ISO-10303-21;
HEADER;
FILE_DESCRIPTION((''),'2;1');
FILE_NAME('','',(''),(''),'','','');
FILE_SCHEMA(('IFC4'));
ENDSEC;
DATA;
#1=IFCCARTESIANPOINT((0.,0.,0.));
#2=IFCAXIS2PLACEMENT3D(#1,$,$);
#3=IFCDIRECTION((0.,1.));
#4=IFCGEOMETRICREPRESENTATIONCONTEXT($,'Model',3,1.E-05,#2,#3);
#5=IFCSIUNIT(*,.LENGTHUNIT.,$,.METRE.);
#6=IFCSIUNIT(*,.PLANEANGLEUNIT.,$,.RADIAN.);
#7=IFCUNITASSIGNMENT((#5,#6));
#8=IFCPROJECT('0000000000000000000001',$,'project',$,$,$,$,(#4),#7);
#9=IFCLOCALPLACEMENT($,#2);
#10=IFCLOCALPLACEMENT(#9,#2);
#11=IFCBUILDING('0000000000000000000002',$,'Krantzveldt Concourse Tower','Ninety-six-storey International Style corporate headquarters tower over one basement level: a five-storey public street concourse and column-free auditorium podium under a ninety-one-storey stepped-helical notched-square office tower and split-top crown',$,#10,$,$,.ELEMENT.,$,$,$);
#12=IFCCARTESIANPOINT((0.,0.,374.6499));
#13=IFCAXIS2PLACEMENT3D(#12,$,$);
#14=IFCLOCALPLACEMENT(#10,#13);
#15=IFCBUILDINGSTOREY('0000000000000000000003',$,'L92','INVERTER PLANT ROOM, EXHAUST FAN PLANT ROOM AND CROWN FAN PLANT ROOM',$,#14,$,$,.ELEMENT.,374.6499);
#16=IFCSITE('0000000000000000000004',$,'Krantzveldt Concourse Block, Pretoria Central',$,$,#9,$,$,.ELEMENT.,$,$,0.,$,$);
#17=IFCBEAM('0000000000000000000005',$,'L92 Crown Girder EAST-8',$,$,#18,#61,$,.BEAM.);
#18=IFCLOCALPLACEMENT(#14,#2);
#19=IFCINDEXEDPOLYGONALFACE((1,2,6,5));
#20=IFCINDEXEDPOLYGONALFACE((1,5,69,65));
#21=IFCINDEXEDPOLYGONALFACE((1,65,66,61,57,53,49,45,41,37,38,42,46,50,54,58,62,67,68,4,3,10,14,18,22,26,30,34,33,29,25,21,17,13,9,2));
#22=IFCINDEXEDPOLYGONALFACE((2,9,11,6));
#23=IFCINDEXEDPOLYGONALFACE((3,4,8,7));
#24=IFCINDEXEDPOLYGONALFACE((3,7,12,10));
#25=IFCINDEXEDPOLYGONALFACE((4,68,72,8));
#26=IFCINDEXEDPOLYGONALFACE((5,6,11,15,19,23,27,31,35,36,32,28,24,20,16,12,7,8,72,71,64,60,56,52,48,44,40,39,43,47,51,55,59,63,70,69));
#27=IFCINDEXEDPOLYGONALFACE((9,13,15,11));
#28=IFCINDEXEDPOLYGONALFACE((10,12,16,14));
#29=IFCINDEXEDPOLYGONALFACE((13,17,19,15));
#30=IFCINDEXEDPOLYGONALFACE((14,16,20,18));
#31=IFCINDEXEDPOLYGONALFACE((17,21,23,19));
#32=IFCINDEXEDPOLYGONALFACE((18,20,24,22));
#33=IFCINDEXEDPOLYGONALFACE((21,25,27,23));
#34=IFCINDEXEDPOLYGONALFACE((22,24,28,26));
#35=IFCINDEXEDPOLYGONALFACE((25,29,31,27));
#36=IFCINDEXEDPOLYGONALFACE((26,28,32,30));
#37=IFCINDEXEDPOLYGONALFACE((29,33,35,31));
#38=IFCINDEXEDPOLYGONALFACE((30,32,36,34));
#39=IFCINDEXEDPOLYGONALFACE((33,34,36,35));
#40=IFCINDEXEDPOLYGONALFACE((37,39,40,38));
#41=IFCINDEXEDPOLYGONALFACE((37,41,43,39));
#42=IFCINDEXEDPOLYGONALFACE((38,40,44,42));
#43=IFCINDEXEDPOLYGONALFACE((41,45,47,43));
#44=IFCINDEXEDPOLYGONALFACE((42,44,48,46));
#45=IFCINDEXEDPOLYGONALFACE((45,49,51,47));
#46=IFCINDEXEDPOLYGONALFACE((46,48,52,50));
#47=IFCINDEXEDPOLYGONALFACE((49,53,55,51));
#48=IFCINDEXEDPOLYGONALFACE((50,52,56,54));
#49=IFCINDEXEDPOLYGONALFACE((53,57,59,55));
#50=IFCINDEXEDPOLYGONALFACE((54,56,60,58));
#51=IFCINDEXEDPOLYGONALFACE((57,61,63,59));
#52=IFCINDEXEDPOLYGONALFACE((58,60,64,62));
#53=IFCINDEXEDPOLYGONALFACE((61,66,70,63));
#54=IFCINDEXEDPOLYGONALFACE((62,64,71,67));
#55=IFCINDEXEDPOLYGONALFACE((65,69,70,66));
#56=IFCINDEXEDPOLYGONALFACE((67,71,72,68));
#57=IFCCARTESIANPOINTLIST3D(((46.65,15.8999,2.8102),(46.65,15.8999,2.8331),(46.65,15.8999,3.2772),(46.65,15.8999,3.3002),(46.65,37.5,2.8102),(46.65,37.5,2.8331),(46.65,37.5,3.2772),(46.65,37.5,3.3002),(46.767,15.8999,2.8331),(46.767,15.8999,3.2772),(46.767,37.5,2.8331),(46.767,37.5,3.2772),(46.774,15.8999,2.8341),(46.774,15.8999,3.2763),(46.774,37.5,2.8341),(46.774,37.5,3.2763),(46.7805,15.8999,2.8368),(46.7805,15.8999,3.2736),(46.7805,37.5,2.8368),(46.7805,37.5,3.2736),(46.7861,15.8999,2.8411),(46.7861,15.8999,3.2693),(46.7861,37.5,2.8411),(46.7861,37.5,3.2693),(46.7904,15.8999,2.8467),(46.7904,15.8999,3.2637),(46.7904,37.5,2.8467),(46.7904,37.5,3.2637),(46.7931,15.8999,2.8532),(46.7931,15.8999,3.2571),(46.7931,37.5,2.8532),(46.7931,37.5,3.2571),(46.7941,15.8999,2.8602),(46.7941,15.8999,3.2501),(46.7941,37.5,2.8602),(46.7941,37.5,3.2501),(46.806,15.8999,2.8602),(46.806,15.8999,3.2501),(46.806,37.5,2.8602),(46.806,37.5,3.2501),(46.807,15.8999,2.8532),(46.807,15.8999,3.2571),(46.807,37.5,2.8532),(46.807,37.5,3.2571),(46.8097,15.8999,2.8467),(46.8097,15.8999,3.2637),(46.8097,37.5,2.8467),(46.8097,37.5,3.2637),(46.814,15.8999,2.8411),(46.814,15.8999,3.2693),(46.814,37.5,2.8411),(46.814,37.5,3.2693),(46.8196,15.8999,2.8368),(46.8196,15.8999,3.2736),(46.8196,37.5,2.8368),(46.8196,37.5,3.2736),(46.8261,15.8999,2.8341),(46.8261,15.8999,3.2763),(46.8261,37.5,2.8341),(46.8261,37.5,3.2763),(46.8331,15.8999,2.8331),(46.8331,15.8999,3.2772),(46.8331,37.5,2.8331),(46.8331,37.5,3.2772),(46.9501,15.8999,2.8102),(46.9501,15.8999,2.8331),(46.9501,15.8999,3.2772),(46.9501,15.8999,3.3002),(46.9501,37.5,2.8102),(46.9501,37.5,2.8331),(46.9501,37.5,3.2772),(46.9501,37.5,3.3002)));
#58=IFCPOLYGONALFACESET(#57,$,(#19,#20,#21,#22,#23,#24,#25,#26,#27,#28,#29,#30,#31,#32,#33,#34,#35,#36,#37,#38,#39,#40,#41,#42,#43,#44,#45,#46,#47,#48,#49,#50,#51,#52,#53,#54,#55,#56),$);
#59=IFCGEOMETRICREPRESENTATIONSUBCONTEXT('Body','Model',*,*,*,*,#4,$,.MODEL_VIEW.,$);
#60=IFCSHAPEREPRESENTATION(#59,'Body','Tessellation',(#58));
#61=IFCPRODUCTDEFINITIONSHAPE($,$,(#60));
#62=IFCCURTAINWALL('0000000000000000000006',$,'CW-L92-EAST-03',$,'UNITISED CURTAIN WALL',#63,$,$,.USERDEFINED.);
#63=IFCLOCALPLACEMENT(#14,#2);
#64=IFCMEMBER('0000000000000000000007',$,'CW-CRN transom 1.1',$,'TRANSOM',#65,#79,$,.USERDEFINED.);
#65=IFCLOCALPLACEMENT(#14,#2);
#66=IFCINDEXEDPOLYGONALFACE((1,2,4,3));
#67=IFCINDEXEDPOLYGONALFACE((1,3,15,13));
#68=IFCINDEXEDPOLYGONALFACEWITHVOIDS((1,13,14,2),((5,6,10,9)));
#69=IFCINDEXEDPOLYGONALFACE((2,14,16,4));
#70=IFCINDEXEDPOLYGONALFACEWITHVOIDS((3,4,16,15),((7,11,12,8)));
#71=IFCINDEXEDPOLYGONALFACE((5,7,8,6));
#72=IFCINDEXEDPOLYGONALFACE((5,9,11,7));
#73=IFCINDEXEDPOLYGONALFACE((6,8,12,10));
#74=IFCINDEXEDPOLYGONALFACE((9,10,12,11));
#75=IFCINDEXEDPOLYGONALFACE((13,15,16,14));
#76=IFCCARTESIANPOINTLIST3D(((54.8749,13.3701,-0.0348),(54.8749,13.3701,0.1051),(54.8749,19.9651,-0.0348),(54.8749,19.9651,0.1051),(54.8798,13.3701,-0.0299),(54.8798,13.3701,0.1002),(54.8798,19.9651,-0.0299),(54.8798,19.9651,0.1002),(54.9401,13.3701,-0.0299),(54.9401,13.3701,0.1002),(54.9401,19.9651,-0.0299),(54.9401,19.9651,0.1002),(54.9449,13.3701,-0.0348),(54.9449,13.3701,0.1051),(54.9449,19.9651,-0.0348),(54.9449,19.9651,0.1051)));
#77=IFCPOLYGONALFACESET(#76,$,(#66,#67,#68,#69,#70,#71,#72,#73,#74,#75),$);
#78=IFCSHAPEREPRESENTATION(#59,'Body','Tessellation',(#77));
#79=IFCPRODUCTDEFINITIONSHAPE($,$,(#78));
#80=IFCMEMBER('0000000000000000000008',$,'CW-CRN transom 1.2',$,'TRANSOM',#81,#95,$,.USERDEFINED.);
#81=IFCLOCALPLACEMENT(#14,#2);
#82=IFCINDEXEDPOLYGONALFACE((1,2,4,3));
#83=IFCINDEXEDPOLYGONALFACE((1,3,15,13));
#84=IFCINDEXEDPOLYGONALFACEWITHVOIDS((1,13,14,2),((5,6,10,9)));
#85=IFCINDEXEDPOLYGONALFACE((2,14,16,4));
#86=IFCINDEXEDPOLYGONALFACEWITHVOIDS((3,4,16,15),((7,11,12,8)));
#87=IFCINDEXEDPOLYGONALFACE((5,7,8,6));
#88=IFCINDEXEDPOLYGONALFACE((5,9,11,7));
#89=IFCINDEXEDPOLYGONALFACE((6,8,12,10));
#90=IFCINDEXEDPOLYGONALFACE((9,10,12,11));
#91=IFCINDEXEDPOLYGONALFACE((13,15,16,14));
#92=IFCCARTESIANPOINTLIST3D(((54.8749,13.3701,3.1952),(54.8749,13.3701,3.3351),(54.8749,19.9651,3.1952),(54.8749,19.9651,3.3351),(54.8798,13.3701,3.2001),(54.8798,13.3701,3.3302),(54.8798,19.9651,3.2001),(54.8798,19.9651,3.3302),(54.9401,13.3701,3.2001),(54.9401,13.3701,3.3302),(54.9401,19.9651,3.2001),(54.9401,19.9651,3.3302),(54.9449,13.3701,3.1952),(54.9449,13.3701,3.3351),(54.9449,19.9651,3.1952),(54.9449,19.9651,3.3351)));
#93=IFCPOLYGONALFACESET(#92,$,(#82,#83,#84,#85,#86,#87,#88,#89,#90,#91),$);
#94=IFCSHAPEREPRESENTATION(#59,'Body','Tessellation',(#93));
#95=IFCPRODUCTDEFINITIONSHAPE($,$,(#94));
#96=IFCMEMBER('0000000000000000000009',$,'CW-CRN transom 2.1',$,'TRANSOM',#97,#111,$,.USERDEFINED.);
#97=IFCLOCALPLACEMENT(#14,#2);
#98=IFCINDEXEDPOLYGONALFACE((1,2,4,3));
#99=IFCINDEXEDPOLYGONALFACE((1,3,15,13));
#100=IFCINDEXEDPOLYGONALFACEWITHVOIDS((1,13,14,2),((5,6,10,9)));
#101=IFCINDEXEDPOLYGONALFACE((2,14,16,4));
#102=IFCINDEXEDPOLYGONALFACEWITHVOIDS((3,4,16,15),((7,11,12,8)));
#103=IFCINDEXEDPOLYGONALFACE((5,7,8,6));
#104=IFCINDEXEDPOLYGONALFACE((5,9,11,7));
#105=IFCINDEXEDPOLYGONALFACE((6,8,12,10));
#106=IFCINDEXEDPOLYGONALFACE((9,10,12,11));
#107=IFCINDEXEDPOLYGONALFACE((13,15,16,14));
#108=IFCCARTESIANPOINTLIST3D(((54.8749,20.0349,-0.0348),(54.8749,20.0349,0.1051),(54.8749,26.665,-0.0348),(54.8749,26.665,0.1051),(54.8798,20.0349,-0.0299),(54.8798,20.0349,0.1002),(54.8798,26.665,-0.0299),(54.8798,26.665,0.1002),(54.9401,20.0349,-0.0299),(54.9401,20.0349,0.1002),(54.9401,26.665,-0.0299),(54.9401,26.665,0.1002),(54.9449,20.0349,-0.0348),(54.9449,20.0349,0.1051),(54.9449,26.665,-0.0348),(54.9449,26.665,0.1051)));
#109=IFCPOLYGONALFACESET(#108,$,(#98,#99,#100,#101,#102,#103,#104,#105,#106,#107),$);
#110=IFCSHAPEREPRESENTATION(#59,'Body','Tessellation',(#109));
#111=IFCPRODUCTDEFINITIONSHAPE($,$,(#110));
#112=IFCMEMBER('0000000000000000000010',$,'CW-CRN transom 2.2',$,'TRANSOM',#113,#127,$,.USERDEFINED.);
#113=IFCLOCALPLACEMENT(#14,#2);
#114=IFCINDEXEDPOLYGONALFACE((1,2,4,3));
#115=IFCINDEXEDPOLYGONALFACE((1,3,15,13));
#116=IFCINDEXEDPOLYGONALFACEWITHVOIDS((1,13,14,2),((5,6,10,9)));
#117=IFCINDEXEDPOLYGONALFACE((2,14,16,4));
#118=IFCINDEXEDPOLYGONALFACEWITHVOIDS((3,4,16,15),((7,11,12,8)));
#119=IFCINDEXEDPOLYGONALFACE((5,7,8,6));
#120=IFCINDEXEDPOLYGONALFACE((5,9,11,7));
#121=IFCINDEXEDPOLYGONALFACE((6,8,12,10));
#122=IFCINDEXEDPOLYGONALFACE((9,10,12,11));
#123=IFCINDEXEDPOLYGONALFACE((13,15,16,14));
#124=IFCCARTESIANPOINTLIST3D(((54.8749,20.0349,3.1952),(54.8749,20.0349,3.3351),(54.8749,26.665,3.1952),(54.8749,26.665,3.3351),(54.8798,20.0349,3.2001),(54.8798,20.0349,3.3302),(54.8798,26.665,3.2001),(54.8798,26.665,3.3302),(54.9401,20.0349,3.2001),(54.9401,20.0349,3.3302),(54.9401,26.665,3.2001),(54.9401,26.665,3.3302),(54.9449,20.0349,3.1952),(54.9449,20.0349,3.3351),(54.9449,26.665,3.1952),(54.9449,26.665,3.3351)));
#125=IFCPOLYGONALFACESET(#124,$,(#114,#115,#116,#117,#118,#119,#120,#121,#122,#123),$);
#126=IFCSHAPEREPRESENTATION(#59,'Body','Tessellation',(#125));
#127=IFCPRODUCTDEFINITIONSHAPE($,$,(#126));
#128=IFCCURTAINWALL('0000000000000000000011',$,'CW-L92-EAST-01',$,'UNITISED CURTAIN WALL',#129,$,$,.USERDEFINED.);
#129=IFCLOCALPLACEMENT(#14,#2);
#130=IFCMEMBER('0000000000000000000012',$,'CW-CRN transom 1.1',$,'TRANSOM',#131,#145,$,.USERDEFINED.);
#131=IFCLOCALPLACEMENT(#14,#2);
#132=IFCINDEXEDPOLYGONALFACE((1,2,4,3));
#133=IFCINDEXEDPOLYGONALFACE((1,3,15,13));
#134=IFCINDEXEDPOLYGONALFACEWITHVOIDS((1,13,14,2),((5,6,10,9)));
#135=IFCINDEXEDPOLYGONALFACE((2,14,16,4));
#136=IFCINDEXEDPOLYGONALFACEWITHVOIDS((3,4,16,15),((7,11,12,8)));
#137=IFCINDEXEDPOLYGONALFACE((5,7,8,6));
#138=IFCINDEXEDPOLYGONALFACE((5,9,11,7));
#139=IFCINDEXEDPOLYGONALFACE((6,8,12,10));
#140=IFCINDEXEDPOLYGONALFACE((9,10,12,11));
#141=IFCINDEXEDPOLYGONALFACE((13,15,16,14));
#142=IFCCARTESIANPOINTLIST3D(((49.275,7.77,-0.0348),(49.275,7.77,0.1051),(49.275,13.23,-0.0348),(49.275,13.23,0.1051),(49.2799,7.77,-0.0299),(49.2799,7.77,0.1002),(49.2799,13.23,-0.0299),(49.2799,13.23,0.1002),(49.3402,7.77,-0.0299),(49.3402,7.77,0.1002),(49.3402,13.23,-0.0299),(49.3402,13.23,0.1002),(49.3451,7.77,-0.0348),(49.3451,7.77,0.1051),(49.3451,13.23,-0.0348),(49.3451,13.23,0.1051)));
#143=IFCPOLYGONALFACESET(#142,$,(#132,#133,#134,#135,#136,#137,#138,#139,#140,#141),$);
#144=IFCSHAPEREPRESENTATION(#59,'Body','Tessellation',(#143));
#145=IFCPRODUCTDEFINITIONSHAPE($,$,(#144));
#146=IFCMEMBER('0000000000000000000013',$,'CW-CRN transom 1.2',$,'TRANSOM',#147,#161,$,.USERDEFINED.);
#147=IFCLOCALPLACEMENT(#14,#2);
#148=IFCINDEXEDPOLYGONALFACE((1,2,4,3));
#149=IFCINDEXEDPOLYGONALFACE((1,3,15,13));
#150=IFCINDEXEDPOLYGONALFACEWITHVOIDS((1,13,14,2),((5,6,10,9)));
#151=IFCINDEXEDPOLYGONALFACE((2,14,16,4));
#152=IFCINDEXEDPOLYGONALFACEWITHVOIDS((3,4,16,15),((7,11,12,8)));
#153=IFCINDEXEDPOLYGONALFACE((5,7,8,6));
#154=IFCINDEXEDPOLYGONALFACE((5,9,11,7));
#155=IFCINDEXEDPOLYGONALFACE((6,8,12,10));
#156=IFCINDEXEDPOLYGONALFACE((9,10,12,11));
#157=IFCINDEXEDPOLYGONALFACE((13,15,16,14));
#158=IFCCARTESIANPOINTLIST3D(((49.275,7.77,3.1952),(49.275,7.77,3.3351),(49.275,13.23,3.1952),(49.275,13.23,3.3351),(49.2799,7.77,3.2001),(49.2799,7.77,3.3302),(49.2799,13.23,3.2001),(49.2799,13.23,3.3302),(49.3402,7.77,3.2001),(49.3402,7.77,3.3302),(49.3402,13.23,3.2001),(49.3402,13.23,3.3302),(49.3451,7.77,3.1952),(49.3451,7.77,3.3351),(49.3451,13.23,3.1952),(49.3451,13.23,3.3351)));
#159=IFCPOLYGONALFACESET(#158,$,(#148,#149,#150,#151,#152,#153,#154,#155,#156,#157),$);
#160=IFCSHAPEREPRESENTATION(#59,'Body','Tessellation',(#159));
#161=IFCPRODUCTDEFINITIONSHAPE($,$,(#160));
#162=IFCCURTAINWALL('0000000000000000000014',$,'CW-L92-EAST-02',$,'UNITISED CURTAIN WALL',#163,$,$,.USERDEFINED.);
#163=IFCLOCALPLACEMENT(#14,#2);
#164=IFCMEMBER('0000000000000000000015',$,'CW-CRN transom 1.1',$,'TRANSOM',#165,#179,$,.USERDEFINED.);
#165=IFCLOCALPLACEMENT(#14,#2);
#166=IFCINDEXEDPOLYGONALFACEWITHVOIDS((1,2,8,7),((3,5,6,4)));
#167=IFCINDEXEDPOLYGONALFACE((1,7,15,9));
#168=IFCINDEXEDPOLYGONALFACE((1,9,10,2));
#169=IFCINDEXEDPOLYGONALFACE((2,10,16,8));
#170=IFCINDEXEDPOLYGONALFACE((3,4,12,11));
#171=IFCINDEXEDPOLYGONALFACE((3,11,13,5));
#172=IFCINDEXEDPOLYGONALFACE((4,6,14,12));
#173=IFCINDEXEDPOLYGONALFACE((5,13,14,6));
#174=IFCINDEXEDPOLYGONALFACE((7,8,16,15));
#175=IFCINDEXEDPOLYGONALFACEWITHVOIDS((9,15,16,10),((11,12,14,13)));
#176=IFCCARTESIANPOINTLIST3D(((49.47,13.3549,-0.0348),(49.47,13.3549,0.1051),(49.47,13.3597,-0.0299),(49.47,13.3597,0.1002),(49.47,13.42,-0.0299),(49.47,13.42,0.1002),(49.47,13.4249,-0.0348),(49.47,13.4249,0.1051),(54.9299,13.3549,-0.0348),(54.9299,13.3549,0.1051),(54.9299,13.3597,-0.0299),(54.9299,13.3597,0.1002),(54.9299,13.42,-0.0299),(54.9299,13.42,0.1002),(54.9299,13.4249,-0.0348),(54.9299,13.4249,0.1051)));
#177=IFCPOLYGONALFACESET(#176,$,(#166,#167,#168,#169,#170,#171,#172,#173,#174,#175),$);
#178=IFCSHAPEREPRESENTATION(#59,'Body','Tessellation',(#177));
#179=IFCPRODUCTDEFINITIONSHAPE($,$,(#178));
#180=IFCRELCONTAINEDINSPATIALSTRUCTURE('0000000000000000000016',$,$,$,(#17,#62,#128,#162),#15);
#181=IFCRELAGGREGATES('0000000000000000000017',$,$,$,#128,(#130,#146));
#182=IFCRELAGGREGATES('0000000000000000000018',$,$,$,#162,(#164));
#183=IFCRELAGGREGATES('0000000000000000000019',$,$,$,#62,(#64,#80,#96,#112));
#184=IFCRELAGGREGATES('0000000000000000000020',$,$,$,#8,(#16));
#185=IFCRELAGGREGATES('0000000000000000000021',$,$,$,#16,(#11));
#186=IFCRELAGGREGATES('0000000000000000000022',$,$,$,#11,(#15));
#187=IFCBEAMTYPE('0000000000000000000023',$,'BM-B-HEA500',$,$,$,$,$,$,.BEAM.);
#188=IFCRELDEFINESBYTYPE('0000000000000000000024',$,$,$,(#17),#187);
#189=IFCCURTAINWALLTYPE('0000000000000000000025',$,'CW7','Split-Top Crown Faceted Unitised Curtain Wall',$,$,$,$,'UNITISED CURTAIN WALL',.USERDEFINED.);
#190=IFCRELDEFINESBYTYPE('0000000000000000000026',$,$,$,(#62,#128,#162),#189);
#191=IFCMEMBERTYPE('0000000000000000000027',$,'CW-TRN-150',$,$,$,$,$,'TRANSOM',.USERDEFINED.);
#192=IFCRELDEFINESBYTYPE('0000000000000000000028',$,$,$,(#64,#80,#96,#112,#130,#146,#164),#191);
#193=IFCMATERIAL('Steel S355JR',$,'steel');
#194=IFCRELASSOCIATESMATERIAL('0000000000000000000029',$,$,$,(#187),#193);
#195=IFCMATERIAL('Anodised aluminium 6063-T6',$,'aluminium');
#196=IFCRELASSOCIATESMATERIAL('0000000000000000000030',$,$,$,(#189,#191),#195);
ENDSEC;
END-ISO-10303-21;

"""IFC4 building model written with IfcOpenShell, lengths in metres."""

from ifc_helpers import new_model, si_unit, direction, frame, origin, origin_2d, place, context, subcontext, project, spatial, hollow_rectangle, i_section, extrude, source, transform, mapped, material, material_profile, profile_set, type_object, element, aggregate, save


model = new_model("IFC4")

# Units and contexts
model_context = context("Model", 3, precision=1e-05, world=origin(), true_north=direction((0.0, 1.0)))
body_context = subcontext(model_context, "Body", "Model", "MODEL_VIEW")
ifc_project = project(units=[si_unit("LENGTHUNIT", "METRE"), si_unit("PLANEANGLEUNIT", "RADIAN")], contexts=[model_context])

# Site, building, storey
site_placement = place(None, origin())
site = spatial("IfcSite", under=ifc_project, at=site_placement, Name="Krantzveldt Concourse Block, Pretoria Central", CompositionType="ELEMENT", RefElevation=0.0)
building_placement = place(site_placement, origin())
building = spatial("IfcBuilding", under=site, at=building_placement, Name="Krantzveldt Concourse Tower", Description="Ninety-six-storey International Style corporate headquarters tower over one basement level: a five-storey public street concourse and column-free auditorium podium under a ninety-one-storey stepped-helical notched-square office tower and split-top crown", CompositionType="ELEMENT")
storey_placement = place(building_placement, frame((0.0, 0.0, 374.6499)))
storey = spatial("IfcBuildingStorey", under=building, at=storey_placement, Name="L92", Description="INVERTER PLANT ROOM, EXHAUST FAN PLANT ROOM AND CROWN FAN PLANT ROOM", CompositionType="ELEMENT", Elevation=374.6499)

# Beam
ifc_material_1 = material(Name="Steel S355JR", Category="steel")
ifc_material_profile_1 = material_profile(ifc_material_1, i_section(OverallWidth=0.3, OverallDepth=0.49, WebThickness=0.012, FlangeThickness=0.0229, FilletRadius=0.0271, at=origin_2d()), Name="Steel S355JR", Category="steel")
ifc_profile_set_1 = profile_set([ifc_material_profile_1], Name="Steel S355JR - HEA 500")
beam_type = type_object("IfcBeamType", Name="BM-B-HEA500", PredefinedType="BEAM", material=ifc_profile_set_1)
shared_shape_1 = source(origin(), body_context, "Body", "SweptSolid", [
    extrude(i_section(OverallWidth=0.3, OverallDepth=0.49, WebThickness=0.012, FlangeThickness=0.0229, FilletRadius=0.0271, at=origin_2d()), origin(), (0.0, 0.0, 1.0), 21.6001),
])
beam_1_placement = place(storey_placement, frame((46.8, 15.8999, 3.0552), z_axis=(0.0, 1.0, 0.0), x_axis=(-1.0, 0.0, 0.0)))
element("IfcBeam", 1, at=beam_1_placement, inside=storey, type_object=beam_type, Name="L92 Crown Girder EAST-8", PredefinedType="BEAM", context=body_context, shape_type="MappedRepresentation", body=[
    mapped(shared_shape_1, transform((0.0, 0.0, 0.0), x_axis=(1.0, 0.0, 0.0), y_axis=(0.0, 1.0, 0.0), z_axis=(0.0, 0.0, 1.0), scale=1.0)),
])

# Curtain walls, members
ifc_material_2 = material(Name="Anodised aluminium 6063-T6", Category="aluminium")
curtain_wall_type = type_object("IfcCurtainWallType", Name="CW7", Description="Split-Top Crown Faceted Unitised Curtain Wall", ElementType="UNITISED CURTAIN WALL", PredefinedType="USERDEFINED", material=ifc_material_2)
curtain_wall_1_placement = place(storey_placement, origin())
curtain_wall_1 = element("IfcCurtainWall", 2, at=curtain_wall_1_placement, inside=storey, type_object=curtain_wall_type, Name="CW-L92-EAST-03", ObjectType="UNITISED CURTAIN WALL", PredefinedType="USERDEFINED")
ifc_material_profile_2 = material_profile(ifc_material_2, hollow_rectangle(XDim=0.0701, YDim=0.1399, WallThickness=0.0049, at=origin_2d()), Name="Anodised aluminium 6063-T6", Category="aluminium")
ifc_profile_set_2 = profile_set([ifc_material_profile_2], Name="Anodised aluminium 6063-T6 - ALU-TRAN 140x70x5")
member_type_1 = type_object("IfcMemberType", Name="CW-TRN-150", ElementType="TRANSOM", PredefinedType="USERDEFINED", material=ifc_profile_set_2)
shared_shape_2 = source(origin(), body_context, "Body", "SweptSolid", [
    extrude(hollow_rectangle(XDim=0.0701, YDim=0.1399, WallThickness=0.0049, at=origin_2d()), origin(), (0.0, 0.0, 1.0), 6.595),
])
member_1_placement = place(storey_placement, frame((54.9099, 13.3701, 0.0352), z_axis=(0.0, 1.0, 0.0), x_axis=(-1.0, 0.0, 0.0)))
member_1 = element("IfcMember", 3, at=member_1_placement, type_object=member_type_1, Name="CW-CRN transom 1.1", ObjectType="TRANSOM", PredefinedType="USERDEFINED", context=body_context, shape_type="MappedRepresentation", body=[
    mapped(shared_shape_2, transform((0.0, 0.0, 0.0), x_axis=(1.0, 0.0, 0.0), y_axis=(0.0, 1.0, 0.0), z_axis=(0.0, 0.0, 1.0), scale=1.0)),
])
member_2_placement = place(storey_placement, frame((54.9099, 13.3701, 3.2651), z_axis=(0.0, 1.0, 0.0), x_axis=(-1.0, 0.0, 0.0)))
member_2 = element("IfcMember", 4, at=member_2_placement, type_object=member_type_1, Name="CW-CRN transom 1.2", ObjectType="TRANSOM", PredefinedType="USERDEFINED", context=body_context, shape_type="MappedRepresentation", body=[
    mapped(shared_shape_2, transform((0.0, 0.0, 0.0), x_axis=(1.0, 0.0, 0.0), y_axis=(0.0, 1.0, 0.0), z_axis=(0.0, 0.0, 1.0), scale=1.0)),
])
shared_shape_3 = source(origin(), body_context, "Body", "SweptSolid", [
    extrude(hollow_rectangle(XDim=0.0701, YDim=0.1399, WallThickness=0.0049, at=origin_2d()), origin(), (0.0, 0.0, 1.0), 6.6301),
])
member_3_placement = place(storey_placement, frame((54.9099, 20.0349, 0.0352), z_axis=(0.0, 1.0, 0.0), x_axis=(-1.0, 0.0, 0.0)))
member_3 = element("IfcMember", 5, at=member_3_placement, type_object=member_type_1, Name="CW-CRN transom 2.1", ObjectType="TRANSOM", PredefinedType="USERDEFINED", context=body_context, shape_type="MappedRepresentation", body=[
    mapped(shared_shape_3, transform((0.0, 0.0, 0.0), x_axis=(1.0, 0.0, 0.0), y_axis=(0.0, 1.0, 0.0), z_axis=(0.0, 0.0, 1.0), scale=1.0)),
])
member_4_placement = place(storey_placement, frame((54.9099, 20.0349, 3.2651), z_axis=(0.0, 1.0, 0.0), x_axis=(-1.0, 0.0, 0.0)))
member_4 = element("IfcMember", 6, at=member_4_placement, type_object=member_type_1, Name="CW-CRN transom 2.2", ObjectType="TRANSOM", PredefinedType="USERDEFINED", context=body_context, shape_type="MappedRepresentation", body=[
    mapped(shared_shape_3, transform((0.0, 0.0, 0.0), x_axis=(1.0, 0.0, 0.0), y_axis=(0.0, 1.0, 0.0), z_axis=(0.0, 0.0, 1.0), scale=1.0)),
])
curtain_wall_2_placement = place(storey_placement, origin())
curtain_wall_2 = element("IfcCurtainWall", 7, at=curtain_wall_2_placement, inside=storey, type_object=curtain_wall_type, Name="CW-L92-EAST-01", ObjectType="UNITISED CURTAIN WALL", PredefinedType="USERDEFINED")
shared_shape_4 = source(origin(), body_context, "Body", "SweptSolid", [
    extrude(hollow_rectangle(XDim=0.0701, YDim=0.1399, WallThickness=0.0049, at=origin_2d()), origin(), (0.0, 0.0, 1.0), 5.46),
])
member_5_placement = place(storey_placement, frame((49.3101, 7.77, 0.0352), z_axis=(0.0, 1.0, 0.0), x_axis=(-1.0, 0.0, 0.0)))
member_5 = element("IfcMember", 8, at=member_5_placement, type_object=member_type_1, Name="CW-CRN transom 1.1", ObjectType="TRANSOM", PredefinedType="USERDEFINED", context=body_context, shape_type="MappedRepresentation", body=[
    mapped(shared_shape_4, transform((0.0, 0.0, 0.0), x_axis=(1.0, 0.0, 0.0), y_axis=(0.0, 1.0, 0.0), z_axis=(0.0, 0.0, 1.0), scale=1.0)),
])
member_6_placement = place(storey_placement, frame((49.3101, 7.77, 3.2651), z_axis=(0.0, 1.0, 0.0), x_axis=(-1.0, 0.0, 0.0)))
member_6 = element("IfcMember", 9, at=member_6_placement, type_object=member_type_1, Name="CW-CRN transom 1.2", ObjectType="TRANSOM", PredefinedType="USERDEFINED", context=body_context, shape_type="MappedRepresentation", body=[
    mapped(shared_shape_4, transform((0.0, 0.0, 0.0), x_axis=(1.0, 0.0, 0.0), y_axis=(0.0, 1.0, 0.0), z_axis=(0.0, 0.0, 1.0), scale=1.0)),
])
curtain_wall_3_placement = place(storey_placement, origin())
curtain_wall_3 = element("IfcCurtainWall", 10, at=curtain_wall_3_placement, inside=storey, type_object=curtain_wall_type, Name="CW-L92-EAST-02", ObjectType="UNITISED CURTAIN WALL", PredefinedType="USERDEFINED")
member_7_placement = place(storey_placement, frame((49.47, 13.3899, 0.0352), z_axis=(1.0, 0.0, 0.0), x_axis=(0.0, 1.0, 0.0)))
member_7 = element("IfcMember", 11, at=member_7_placement, type_object=member_type_1, Name="CW-CRN transom 1.1", ObjectType="TRANSOM", PredefinedType="USERDEFINED", context=body_context, shape_type="MappedRepresentation", body=[
    mapped(shared_shape_4, transform((0.0, 0.0, 0.0), x_axis=(1.0, 0.0, 0.0), y_axis=(0.0, 1.0, 0.0), z_axis=(0.0, 0.0, 1.0), scale=1.0)),
])

aggregate(curtain_wall_2, [member_5, member_6])
aggregate(curtain_wall_3, [member_7])
aggregate(curtain_wall_1, [member_1, member_2, member_3, member_4])

save(model, "model.ifc")
